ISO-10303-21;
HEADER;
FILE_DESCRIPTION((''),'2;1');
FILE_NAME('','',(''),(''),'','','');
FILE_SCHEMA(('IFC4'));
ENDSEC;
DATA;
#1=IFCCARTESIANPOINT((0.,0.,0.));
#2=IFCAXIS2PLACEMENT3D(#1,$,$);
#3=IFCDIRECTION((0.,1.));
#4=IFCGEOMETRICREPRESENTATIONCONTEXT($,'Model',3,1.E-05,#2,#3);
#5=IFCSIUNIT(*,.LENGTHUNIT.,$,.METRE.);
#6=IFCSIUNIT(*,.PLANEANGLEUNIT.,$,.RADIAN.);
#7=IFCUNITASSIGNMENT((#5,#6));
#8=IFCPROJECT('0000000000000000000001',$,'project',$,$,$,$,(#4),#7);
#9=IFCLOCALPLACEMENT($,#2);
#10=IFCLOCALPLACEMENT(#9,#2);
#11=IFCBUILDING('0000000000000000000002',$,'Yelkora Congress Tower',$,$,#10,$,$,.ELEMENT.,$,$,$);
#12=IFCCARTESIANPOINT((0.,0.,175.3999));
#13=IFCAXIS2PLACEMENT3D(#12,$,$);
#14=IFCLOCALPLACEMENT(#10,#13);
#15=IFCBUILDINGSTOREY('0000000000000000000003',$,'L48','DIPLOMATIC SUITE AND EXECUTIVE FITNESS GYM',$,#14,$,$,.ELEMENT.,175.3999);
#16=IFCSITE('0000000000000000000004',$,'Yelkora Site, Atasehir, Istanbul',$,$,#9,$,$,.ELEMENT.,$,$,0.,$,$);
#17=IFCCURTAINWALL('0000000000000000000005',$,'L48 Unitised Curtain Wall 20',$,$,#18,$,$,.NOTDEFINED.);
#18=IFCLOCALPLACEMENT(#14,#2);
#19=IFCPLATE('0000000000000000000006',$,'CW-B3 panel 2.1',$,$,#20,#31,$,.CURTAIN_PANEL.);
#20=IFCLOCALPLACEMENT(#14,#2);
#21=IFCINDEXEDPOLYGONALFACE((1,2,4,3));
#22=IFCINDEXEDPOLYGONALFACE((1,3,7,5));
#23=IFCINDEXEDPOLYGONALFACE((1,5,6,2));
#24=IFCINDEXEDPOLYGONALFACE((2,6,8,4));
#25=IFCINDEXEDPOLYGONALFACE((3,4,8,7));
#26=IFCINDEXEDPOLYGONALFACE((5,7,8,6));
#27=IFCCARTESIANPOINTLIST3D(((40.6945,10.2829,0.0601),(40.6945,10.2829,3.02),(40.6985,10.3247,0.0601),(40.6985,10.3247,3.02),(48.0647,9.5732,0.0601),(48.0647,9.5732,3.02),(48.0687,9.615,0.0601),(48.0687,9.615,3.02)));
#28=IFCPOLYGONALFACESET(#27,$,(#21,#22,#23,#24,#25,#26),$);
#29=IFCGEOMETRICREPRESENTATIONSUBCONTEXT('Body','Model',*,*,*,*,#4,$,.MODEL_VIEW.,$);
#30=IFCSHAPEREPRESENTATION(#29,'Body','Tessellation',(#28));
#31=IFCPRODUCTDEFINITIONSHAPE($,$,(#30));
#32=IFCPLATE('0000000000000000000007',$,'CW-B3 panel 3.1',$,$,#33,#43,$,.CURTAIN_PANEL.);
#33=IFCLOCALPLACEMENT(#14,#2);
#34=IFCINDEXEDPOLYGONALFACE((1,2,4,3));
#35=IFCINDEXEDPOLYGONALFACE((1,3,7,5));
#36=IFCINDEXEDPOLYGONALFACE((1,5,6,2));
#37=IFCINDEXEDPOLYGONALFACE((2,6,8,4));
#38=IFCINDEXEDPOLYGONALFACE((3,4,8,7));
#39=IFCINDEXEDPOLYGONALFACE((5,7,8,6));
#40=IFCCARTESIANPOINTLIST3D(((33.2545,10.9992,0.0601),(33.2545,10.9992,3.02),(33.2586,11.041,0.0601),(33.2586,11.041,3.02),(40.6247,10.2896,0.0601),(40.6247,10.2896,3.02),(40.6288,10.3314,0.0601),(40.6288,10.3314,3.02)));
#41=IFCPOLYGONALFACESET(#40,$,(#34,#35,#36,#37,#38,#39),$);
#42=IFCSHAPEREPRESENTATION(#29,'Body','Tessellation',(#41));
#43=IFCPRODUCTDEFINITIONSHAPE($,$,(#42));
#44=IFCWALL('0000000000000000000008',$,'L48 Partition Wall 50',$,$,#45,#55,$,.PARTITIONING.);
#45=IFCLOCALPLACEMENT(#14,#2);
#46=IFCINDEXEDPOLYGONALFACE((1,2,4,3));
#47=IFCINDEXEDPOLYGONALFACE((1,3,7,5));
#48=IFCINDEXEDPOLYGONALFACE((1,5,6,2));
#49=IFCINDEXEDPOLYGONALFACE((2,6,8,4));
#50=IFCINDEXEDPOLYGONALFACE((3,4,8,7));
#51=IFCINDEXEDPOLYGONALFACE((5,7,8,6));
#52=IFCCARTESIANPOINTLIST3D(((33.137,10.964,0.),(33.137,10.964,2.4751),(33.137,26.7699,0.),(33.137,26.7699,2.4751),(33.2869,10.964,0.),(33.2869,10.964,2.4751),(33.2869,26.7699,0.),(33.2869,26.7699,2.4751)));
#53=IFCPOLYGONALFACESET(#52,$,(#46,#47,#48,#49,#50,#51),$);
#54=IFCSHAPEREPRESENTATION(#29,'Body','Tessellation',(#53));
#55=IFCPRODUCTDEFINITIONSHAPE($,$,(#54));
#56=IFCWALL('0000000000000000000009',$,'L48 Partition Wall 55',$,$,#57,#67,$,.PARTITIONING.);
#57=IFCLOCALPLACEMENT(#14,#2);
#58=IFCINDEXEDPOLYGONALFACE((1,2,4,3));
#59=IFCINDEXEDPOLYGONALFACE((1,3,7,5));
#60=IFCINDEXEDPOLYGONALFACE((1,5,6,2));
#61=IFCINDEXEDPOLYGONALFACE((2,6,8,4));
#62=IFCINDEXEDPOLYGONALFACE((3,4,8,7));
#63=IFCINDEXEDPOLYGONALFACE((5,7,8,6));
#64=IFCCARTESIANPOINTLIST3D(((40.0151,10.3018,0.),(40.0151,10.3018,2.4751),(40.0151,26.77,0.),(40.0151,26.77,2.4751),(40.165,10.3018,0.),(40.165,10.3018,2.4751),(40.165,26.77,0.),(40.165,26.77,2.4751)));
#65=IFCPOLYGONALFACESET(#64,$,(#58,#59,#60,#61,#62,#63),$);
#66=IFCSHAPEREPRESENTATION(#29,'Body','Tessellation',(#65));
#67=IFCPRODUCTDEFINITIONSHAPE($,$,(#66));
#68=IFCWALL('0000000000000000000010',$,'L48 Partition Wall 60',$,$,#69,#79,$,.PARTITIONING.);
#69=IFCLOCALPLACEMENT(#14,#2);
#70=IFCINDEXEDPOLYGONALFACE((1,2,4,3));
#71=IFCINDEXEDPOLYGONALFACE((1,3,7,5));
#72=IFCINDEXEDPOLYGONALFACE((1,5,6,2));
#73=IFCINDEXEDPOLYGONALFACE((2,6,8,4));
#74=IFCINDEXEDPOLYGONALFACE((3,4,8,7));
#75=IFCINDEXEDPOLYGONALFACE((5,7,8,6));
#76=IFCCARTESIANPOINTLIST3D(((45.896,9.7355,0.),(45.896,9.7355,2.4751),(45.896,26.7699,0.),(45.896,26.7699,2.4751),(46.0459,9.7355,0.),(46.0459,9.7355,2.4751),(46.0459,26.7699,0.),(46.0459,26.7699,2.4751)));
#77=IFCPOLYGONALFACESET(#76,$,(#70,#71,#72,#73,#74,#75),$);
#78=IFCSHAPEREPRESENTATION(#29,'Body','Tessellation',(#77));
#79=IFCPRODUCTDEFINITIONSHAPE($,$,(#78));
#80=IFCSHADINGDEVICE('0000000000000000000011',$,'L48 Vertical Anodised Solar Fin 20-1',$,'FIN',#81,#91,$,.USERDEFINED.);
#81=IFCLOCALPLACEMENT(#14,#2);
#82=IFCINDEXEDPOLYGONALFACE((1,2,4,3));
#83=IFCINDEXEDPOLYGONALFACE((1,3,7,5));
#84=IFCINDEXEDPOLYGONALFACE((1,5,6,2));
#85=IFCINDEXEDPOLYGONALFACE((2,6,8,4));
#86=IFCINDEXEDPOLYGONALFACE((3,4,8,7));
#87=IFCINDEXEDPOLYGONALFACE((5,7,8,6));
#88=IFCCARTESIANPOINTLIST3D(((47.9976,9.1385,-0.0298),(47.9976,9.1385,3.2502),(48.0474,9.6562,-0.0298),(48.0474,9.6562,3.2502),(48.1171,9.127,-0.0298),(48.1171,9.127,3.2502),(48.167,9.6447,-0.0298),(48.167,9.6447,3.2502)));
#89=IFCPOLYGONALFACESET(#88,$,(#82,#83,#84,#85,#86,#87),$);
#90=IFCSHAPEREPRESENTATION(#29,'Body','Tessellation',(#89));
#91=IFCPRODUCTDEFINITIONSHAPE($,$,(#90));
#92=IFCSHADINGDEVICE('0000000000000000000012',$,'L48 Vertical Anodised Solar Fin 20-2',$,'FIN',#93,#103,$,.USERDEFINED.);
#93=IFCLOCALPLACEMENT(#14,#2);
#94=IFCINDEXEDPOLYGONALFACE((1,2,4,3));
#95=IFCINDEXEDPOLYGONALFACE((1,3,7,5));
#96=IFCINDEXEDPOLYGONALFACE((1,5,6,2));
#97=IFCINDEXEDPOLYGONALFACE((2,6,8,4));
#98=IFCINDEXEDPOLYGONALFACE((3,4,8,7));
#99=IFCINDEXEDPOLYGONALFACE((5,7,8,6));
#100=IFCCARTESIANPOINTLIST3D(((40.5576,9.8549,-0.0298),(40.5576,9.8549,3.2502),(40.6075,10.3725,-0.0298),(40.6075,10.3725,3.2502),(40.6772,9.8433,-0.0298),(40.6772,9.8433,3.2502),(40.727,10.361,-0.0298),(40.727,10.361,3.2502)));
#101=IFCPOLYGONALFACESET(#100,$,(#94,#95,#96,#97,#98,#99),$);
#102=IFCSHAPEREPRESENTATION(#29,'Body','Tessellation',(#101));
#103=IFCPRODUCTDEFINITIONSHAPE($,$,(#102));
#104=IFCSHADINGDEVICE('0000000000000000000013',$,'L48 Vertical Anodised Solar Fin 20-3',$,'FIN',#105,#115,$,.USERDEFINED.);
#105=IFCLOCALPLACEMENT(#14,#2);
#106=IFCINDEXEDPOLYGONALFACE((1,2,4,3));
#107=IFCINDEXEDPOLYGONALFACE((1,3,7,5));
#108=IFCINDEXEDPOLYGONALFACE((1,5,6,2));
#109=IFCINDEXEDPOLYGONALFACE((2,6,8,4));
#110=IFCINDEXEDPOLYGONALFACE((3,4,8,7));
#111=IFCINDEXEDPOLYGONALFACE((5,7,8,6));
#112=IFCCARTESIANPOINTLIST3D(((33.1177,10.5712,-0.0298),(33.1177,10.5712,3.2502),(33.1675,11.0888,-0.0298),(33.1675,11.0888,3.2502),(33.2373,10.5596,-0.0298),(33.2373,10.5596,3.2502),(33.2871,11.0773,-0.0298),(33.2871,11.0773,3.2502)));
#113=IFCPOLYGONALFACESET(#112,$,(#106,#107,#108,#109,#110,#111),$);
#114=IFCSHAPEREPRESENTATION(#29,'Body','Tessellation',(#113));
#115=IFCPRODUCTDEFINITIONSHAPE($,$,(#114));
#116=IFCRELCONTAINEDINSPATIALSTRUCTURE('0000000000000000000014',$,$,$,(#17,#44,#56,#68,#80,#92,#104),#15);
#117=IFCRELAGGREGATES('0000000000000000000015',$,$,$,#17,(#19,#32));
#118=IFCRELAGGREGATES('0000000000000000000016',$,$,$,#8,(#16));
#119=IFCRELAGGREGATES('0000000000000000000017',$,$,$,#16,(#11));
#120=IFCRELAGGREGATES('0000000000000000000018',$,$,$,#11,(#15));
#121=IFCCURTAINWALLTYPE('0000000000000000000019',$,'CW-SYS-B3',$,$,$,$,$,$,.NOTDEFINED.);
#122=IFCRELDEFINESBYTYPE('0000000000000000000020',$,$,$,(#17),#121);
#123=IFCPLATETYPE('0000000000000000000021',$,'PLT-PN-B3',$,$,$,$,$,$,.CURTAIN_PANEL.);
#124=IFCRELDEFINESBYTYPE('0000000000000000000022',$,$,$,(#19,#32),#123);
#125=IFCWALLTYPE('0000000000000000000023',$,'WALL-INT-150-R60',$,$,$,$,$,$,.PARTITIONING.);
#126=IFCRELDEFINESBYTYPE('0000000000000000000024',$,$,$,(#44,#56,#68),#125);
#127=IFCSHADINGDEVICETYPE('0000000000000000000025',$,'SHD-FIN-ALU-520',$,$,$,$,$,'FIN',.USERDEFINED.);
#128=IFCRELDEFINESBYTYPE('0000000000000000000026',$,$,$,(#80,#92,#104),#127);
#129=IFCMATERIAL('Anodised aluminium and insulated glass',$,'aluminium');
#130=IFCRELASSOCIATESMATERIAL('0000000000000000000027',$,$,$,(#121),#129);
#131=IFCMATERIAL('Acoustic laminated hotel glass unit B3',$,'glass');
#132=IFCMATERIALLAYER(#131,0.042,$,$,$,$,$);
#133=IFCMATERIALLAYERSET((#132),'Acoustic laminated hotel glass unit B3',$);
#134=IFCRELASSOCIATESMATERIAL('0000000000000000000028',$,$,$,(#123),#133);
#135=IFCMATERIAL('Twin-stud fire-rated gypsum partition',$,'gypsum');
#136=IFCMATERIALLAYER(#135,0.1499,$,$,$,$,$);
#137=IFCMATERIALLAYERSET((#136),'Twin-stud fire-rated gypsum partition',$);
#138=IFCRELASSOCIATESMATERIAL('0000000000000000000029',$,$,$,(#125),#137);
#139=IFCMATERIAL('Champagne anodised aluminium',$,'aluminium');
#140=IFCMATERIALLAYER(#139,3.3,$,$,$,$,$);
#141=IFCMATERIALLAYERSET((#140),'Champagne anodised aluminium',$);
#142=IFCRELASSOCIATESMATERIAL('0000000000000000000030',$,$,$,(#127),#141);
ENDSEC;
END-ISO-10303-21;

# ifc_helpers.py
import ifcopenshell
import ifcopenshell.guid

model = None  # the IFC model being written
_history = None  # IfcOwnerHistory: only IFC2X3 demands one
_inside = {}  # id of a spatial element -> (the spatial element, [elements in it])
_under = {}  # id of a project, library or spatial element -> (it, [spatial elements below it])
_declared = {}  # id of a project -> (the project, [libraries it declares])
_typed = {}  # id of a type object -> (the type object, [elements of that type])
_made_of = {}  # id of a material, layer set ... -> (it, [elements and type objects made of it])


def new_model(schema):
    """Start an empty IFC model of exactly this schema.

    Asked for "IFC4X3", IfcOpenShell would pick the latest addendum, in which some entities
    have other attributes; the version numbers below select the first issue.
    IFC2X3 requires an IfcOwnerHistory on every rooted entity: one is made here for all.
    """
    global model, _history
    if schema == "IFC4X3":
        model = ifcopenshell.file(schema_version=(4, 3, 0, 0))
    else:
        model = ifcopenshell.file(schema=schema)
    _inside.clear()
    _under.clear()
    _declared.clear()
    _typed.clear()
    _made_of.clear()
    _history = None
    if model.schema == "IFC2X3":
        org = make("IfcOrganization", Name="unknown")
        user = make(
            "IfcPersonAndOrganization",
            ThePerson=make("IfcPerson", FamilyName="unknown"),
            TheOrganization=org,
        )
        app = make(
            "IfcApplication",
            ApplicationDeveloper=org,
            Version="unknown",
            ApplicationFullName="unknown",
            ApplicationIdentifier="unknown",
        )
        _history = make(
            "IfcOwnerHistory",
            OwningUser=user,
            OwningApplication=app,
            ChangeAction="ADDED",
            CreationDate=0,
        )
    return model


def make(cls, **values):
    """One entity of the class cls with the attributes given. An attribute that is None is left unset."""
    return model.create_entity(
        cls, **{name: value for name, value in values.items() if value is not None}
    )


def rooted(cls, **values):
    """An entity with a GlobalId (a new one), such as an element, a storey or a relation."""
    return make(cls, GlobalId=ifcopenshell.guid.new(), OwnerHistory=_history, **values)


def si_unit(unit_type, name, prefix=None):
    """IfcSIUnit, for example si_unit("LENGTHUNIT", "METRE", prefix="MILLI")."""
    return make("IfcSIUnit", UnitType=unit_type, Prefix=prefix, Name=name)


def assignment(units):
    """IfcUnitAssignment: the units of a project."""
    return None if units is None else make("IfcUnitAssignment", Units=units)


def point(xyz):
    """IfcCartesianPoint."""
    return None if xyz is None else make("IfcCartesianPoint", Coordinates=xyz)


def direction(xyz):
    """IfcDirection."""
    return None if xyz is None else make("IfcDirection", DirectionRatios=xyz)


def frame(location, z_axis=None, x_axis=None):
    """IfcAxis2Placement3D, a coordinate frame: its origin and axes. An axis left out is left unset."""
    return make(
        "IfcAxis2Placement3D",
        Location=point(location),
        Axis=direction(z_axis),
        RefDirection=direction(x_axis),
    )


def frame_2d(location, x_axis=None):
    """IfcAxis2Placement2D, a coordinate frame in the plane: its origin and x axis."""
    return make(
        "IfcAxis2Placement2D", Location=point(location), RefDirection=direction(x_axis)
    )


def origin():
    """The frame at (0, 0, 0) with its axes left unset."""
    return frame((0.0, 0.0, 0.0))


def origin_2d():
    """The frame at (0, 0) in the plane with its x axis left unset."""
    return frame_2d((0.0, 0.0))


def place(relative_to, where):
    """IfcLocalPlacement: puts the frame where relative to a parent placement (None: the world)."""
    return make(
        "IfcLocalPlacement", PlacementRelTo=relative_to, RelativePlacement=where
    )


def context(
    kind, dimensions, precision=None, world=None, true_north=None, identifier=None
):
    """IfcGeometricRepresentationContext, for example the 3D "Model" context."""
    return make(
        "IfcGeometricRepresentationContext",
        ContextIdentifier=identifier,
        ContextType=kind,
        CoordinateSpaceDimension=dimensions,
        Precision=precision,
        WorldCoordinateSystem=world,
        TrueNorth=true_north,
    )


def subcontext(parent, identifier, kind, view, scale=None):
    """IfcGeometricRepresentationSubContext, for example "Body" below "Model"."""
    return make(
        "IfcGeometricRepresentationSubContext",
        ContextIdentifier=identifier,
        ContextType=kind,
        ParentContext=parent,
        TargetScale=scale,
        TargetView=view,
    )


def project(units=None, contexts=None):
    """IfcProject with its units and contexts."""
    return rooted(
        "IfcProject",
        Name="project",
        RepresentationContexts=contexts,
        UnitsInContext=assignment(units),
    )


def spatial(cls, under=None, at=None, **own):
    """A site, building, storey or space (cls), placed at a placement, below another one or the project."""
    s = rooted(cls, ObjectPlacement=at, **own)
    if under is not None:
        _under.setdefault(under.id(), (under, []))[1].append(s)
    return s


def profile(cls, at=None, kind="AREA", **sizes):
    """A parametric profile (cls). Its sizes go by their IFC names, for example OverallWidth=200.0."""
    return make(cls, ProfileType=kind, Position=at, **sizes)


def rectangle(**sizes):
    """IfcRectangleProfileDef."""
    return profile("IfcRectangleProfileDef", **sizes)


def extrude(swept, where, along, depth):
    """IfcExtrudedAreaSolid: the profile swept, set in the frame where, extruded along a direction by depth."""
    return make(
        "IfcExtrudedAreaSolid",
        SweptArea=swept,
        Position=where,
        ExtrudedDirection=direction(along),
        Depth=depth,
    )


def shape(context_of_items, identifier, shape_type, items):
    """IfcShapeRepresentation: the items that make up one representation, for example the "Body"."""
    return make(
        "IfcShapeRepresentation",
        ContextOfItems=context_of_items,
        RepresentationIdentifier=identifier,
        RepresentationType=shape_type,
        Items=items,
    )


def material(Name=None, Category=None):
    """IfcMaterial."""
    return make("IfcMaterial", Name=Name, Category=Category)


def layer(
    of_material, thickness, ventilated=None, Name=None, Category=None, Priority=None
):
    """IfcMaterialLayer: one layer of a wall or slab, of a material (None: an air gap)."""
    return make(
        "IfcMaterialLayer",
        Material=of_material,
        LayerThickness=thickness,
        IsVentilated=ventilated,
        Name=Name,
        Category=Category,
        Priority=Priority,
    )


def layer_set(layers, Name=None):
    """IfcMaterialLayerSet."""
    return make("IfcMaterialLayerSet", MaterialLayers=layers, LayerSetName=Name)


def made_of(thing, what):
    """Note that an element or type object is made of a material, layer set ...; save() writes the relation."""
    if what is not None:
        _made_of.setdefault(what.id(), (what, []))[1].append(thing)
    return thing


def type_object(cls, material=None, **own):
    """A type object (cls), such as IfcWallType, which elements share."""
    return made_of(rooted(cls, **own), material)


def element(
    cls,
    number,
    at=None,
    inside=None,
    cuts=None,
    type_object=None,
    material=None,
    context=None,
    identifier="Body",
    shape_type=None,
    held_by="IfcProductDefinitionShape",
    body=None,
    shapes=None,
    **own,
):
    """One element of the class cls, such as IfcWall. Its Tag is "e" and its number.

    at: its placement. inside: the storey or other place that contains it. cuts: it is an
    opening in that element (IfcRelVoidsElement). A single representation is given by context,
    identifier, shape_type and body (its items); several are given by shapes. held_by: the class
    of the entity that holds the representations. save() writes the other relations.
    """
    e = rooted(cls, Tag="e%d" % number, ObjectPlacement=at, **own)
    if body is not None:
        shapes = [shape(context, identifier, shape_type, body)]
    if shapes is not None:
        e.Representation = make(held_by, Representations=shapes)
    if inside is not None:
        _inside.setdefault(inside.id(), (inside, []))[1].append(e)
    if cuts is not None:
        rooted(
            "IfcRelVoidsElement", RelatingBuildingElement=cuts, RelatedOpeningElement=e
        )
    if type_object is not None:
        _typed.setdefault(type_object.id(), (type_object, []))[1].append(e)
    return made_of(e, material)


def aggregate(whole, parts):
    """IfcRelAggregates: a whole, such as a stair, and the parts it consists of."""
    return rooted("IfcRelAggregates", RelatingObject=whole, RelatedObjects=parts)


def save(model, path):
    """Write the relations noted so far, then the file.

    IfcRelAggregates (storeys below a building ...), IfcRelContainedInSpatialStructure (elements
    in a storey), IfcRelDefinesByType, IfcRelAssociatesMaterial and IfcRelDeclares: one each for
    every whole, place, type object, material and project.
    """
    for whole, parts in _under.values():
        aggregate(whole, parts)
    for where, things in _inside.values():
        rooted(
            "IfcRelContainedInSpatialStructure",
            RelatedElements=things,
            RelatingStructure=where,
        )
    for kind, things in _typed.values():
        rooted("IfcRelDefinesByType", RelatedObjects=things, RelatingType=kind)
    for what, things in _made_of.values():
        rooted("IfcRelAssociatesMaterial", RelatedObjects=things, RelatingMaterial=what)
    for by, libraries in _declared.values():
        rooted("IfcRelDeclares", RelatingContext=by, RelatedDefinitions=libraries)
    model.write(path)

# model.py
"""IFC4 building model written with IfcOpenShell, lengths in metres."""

from ifc_helpers import new_model, si_unit, direction, frame, frame_2d, origin, origin_2d, place, context, subcontext, project, spatial, rectangle, extrude, material, layer, layer_set, type_object, element, aggregate, save


model = new_model("IFC4")

# Units and contexts
model_context = context("Model", 3, precision=1e-05, world=origin(), true_north=direction((0.0, 1.0)))
body_context = subcontext(model_context, "Body", "Model", "MODEL_VIEW")
ifc_project = project(units=[si_unit("LENGTHUNIT", "METRE"), si_unit("PLANEANGLEUNIT", "RADIAN")], contexts=[model_context])

# Site, building, storey
site_placement = place(None, origin())
site = spatial("IfcSite", under=ifc_project, at=site_placement, Name="Yelkora Site, Atasehir, Istanbul", CompositionType="ELEMENT", RefElevation=0.0)
building_placement = place(site_placement, origin())
building = spatial("IfcBuilding", under=site, at=building_placement, Name="Yelkora Congress Tower", CompositionType="ELEMENT")
storey_placement = place(building_placement, frame((0.0, 0.0, 175.3999)))
storey = spatial("IfcBuildingStorey", under=building, at=storey_placement, Name="L48", Description="DIPLOMATIC SUITE AND EXECUTIVE FITNESS GYM", CompositionType="ELEMENT", Elevation=175.3999)

# Curtain wall, plates
ifc_material_1 = material(Name="Anodised aluminium and insulated glass", Category="aluminium")
curtain_wall_type = type_object("IfcCurtainWallType", Name="CW-SYS-B3", PredefinedType="NOTDEFINED", material=ifc_material_1)
curtain_wall_placement = place(storey_placement, origin())
curtain_wall = element("IfcCurtainWall", 1, at=curtain_wall_placement, inside=storey, type_object=curtain_wall_type, Name="L48 Unitised Curtain Wall 20", PredefinedType="NOTDEFINED")
ifc_material_2 = material(Name="Acoustic laminated hotel glass unit B3", Category="glass")
ifc_layer_1 = layer(ifc_material_2, 0.042)
ifc_layer_set_1 = layer_set([ifc_layer_1], Name="Acoustic laminated hotel glass unit B3")
plate_type = type_object("IfcPlateType", Name="PLT-PN-B3", PredefinedType="CURTAIN_PANEL", material=ifc_layer_set_1)
plate_1_placement = place(storey_placement, frame((44.3816, 9.949, 0.0601), z_axis=(0.0, 0.0, 1.0), x_axis=(-0.995396, 0.095845, 0.0)))
plate_1 = element("IfcPlate", 2, at=plate_1_placement, type_object=plate_type, Name="CW-B3 panel 2.1", PredefinedType="CURTAIN_PANEL", context=body_context, shape_type="SweptSolid", body=[
    extrude(rectangle(XDim=7.4043, YDim=0.042, at=origin_2d()), origin(), (0.0, 0.0, 1.0), 2.96),
])
plate_2_placement = place(storey_placement, frame((36.9417, 10.6653, 0.0601), z_axis=(0.0, 0.0, 1.0), x_axis=(-0.995396, 0.095845, 0.0)))
plate_2 = element("IfcPlate", 3, at=plate_2_placement, type_object=plate_type, Name="CW-B3 panel 3.1", PredefinedType="CURTAIN_PANEL", context=body_context, shape_type="SweptSolid", body=[
    extrude(rectangle(XDim=7.4043, YDim=0.042, at=origin_2d()), origin(), (0.0, 0.0, 1.0), 2.96),
])
aggregate(curtain_wall, [plate_1, plate_2])

# Walls
ifc_material_3 = material(Name="Twin-stud fire-rated gypsum partition", Category="gypsum")
ifc_layer_2 = layer(ifc_material_3, 0.1499)
ifc_layer_set_2 = layer_set([ifc_layer_2], Name="Twin-stud fire-rated gypsum partition")
wall_type = type_object("IfcWallType", Name="WALL-INT-150-R60", PredefinedType="PARTITIONING", material=ifc_layer_set_2)
wall_1_placement = place(storey_placement, frame((33.2119, 10.9641, 0.0), z_axis=(0.0, 0.0, 1.0), x_axis=(0.0, 1.0, 0.0)))
element("IfcWall", 4, at=wall_1_placement, inside=storey, type_object=wall_type, Name="L48 Partition Wall 50", PredefinedType="PARTITIONING", context=body_context, shape_type="SweptSolid", body=[
    extrude(rectangle(XDim=15.8059, YDim=0.1499, at=frame_2d((7.9028, 0.0))), origin(), (0.0, 0.0, 1.0), 2.4751),
])
wall_2_placement = place(storey_placement, frame((40.0901, 10.3018, 0.0), z_axis=(0.0, 0.0, 1.0), x_axis=(0.0, 1.0, 0.0)))
element("IfcWall", 5, at=wall_2_placement, inside=storey, type_object=wall_type, Name="L48 Partition Wall 55", PredefinedType="PARTITIONING", context=body_context, shape_type="SweptSolid", body=[
    extrude(rectangle(XDim=16.4683, YDim=0.1499, at=frame_2d((8.2341, 0.0))), origin(), (0.0, 0.0, 1.0), 2.4751),
])
wall_3_placement = place(storey_placement, frame((45.9709, 9.7356, 0.0), z_axis=(0.0, 0.0, 1.0), x_axis=(0.0, 1.0, 0.0)))
element("IfcWall", 6, at=wall_3_placement, inside=storey, type_object=wall_type, Name="L48 Partition Wall 60", PredefinedType="PARTITIONING", context=body_context, shape_type="SweptSolid", body=[
    extrude(rectangle(XDim=17.0344, YDim=0.1499, at=frame_2d((8.5171, 0.0))), origin(), (0.0, 0.0, 1.0), 2.4751),
])

# Shading devices
ifc_material_4 = material(Name="Champagne anodised aluminium", Category="aluminium")
ifc_layer_3 = layer(ifc_material_4, 3.3)
ifc_layer_set_3 = layer_set([ifc_layer_3], Name="Champagne anodised aluminium")
shading_device_type = type_object("IfcShadingDeviceType", Name="SHD-FIN-ALU-520", ElementType="FIN", PredefinedType="USERDEFINED", material=ifc_layer_set_3)
for number, where, z_axis, x_axis, name in (
    (7, (48.0823, 9.3916, -0.0298), (0.0, 0.0, 1.0), (-0.995396, 0.095846, 0.0), "L48 Vertical Anodised Solar Fin 20-1"),
    (8, (40.6423, 10.1079, -0.0298), (0.0, 0.0, 1.0), (-0.995396, 0.095846, 0.0), "L48 Vertical Anodised Solar Fin 20-2"),
    (9, (33.2024, 10.8242, -0.0298), (0.0, 0.0, 1.0), (-0.995396, 0.095846, 0.0), "L48 Vertical Anodised Solar Fin 20-3"),
):
    element("IfcShadingDevice", number, at=place(storey_placement, frame(where, z_axis=z_axis, x_axis=x_axis)), inside=storey, type_object=shading_device_type, Name=name, ObjectType="FIN", PredefinedType="USERDEFINED", context=body_context, shape_type="SweptSolid", body=[
        extrude(rectangle(XDim=0.1201, YDim=0.52, at=origin_2d()), origin(), (0.0, 0.0, 1.0), 3.28),
    ])

save(model, "model.ifc")
